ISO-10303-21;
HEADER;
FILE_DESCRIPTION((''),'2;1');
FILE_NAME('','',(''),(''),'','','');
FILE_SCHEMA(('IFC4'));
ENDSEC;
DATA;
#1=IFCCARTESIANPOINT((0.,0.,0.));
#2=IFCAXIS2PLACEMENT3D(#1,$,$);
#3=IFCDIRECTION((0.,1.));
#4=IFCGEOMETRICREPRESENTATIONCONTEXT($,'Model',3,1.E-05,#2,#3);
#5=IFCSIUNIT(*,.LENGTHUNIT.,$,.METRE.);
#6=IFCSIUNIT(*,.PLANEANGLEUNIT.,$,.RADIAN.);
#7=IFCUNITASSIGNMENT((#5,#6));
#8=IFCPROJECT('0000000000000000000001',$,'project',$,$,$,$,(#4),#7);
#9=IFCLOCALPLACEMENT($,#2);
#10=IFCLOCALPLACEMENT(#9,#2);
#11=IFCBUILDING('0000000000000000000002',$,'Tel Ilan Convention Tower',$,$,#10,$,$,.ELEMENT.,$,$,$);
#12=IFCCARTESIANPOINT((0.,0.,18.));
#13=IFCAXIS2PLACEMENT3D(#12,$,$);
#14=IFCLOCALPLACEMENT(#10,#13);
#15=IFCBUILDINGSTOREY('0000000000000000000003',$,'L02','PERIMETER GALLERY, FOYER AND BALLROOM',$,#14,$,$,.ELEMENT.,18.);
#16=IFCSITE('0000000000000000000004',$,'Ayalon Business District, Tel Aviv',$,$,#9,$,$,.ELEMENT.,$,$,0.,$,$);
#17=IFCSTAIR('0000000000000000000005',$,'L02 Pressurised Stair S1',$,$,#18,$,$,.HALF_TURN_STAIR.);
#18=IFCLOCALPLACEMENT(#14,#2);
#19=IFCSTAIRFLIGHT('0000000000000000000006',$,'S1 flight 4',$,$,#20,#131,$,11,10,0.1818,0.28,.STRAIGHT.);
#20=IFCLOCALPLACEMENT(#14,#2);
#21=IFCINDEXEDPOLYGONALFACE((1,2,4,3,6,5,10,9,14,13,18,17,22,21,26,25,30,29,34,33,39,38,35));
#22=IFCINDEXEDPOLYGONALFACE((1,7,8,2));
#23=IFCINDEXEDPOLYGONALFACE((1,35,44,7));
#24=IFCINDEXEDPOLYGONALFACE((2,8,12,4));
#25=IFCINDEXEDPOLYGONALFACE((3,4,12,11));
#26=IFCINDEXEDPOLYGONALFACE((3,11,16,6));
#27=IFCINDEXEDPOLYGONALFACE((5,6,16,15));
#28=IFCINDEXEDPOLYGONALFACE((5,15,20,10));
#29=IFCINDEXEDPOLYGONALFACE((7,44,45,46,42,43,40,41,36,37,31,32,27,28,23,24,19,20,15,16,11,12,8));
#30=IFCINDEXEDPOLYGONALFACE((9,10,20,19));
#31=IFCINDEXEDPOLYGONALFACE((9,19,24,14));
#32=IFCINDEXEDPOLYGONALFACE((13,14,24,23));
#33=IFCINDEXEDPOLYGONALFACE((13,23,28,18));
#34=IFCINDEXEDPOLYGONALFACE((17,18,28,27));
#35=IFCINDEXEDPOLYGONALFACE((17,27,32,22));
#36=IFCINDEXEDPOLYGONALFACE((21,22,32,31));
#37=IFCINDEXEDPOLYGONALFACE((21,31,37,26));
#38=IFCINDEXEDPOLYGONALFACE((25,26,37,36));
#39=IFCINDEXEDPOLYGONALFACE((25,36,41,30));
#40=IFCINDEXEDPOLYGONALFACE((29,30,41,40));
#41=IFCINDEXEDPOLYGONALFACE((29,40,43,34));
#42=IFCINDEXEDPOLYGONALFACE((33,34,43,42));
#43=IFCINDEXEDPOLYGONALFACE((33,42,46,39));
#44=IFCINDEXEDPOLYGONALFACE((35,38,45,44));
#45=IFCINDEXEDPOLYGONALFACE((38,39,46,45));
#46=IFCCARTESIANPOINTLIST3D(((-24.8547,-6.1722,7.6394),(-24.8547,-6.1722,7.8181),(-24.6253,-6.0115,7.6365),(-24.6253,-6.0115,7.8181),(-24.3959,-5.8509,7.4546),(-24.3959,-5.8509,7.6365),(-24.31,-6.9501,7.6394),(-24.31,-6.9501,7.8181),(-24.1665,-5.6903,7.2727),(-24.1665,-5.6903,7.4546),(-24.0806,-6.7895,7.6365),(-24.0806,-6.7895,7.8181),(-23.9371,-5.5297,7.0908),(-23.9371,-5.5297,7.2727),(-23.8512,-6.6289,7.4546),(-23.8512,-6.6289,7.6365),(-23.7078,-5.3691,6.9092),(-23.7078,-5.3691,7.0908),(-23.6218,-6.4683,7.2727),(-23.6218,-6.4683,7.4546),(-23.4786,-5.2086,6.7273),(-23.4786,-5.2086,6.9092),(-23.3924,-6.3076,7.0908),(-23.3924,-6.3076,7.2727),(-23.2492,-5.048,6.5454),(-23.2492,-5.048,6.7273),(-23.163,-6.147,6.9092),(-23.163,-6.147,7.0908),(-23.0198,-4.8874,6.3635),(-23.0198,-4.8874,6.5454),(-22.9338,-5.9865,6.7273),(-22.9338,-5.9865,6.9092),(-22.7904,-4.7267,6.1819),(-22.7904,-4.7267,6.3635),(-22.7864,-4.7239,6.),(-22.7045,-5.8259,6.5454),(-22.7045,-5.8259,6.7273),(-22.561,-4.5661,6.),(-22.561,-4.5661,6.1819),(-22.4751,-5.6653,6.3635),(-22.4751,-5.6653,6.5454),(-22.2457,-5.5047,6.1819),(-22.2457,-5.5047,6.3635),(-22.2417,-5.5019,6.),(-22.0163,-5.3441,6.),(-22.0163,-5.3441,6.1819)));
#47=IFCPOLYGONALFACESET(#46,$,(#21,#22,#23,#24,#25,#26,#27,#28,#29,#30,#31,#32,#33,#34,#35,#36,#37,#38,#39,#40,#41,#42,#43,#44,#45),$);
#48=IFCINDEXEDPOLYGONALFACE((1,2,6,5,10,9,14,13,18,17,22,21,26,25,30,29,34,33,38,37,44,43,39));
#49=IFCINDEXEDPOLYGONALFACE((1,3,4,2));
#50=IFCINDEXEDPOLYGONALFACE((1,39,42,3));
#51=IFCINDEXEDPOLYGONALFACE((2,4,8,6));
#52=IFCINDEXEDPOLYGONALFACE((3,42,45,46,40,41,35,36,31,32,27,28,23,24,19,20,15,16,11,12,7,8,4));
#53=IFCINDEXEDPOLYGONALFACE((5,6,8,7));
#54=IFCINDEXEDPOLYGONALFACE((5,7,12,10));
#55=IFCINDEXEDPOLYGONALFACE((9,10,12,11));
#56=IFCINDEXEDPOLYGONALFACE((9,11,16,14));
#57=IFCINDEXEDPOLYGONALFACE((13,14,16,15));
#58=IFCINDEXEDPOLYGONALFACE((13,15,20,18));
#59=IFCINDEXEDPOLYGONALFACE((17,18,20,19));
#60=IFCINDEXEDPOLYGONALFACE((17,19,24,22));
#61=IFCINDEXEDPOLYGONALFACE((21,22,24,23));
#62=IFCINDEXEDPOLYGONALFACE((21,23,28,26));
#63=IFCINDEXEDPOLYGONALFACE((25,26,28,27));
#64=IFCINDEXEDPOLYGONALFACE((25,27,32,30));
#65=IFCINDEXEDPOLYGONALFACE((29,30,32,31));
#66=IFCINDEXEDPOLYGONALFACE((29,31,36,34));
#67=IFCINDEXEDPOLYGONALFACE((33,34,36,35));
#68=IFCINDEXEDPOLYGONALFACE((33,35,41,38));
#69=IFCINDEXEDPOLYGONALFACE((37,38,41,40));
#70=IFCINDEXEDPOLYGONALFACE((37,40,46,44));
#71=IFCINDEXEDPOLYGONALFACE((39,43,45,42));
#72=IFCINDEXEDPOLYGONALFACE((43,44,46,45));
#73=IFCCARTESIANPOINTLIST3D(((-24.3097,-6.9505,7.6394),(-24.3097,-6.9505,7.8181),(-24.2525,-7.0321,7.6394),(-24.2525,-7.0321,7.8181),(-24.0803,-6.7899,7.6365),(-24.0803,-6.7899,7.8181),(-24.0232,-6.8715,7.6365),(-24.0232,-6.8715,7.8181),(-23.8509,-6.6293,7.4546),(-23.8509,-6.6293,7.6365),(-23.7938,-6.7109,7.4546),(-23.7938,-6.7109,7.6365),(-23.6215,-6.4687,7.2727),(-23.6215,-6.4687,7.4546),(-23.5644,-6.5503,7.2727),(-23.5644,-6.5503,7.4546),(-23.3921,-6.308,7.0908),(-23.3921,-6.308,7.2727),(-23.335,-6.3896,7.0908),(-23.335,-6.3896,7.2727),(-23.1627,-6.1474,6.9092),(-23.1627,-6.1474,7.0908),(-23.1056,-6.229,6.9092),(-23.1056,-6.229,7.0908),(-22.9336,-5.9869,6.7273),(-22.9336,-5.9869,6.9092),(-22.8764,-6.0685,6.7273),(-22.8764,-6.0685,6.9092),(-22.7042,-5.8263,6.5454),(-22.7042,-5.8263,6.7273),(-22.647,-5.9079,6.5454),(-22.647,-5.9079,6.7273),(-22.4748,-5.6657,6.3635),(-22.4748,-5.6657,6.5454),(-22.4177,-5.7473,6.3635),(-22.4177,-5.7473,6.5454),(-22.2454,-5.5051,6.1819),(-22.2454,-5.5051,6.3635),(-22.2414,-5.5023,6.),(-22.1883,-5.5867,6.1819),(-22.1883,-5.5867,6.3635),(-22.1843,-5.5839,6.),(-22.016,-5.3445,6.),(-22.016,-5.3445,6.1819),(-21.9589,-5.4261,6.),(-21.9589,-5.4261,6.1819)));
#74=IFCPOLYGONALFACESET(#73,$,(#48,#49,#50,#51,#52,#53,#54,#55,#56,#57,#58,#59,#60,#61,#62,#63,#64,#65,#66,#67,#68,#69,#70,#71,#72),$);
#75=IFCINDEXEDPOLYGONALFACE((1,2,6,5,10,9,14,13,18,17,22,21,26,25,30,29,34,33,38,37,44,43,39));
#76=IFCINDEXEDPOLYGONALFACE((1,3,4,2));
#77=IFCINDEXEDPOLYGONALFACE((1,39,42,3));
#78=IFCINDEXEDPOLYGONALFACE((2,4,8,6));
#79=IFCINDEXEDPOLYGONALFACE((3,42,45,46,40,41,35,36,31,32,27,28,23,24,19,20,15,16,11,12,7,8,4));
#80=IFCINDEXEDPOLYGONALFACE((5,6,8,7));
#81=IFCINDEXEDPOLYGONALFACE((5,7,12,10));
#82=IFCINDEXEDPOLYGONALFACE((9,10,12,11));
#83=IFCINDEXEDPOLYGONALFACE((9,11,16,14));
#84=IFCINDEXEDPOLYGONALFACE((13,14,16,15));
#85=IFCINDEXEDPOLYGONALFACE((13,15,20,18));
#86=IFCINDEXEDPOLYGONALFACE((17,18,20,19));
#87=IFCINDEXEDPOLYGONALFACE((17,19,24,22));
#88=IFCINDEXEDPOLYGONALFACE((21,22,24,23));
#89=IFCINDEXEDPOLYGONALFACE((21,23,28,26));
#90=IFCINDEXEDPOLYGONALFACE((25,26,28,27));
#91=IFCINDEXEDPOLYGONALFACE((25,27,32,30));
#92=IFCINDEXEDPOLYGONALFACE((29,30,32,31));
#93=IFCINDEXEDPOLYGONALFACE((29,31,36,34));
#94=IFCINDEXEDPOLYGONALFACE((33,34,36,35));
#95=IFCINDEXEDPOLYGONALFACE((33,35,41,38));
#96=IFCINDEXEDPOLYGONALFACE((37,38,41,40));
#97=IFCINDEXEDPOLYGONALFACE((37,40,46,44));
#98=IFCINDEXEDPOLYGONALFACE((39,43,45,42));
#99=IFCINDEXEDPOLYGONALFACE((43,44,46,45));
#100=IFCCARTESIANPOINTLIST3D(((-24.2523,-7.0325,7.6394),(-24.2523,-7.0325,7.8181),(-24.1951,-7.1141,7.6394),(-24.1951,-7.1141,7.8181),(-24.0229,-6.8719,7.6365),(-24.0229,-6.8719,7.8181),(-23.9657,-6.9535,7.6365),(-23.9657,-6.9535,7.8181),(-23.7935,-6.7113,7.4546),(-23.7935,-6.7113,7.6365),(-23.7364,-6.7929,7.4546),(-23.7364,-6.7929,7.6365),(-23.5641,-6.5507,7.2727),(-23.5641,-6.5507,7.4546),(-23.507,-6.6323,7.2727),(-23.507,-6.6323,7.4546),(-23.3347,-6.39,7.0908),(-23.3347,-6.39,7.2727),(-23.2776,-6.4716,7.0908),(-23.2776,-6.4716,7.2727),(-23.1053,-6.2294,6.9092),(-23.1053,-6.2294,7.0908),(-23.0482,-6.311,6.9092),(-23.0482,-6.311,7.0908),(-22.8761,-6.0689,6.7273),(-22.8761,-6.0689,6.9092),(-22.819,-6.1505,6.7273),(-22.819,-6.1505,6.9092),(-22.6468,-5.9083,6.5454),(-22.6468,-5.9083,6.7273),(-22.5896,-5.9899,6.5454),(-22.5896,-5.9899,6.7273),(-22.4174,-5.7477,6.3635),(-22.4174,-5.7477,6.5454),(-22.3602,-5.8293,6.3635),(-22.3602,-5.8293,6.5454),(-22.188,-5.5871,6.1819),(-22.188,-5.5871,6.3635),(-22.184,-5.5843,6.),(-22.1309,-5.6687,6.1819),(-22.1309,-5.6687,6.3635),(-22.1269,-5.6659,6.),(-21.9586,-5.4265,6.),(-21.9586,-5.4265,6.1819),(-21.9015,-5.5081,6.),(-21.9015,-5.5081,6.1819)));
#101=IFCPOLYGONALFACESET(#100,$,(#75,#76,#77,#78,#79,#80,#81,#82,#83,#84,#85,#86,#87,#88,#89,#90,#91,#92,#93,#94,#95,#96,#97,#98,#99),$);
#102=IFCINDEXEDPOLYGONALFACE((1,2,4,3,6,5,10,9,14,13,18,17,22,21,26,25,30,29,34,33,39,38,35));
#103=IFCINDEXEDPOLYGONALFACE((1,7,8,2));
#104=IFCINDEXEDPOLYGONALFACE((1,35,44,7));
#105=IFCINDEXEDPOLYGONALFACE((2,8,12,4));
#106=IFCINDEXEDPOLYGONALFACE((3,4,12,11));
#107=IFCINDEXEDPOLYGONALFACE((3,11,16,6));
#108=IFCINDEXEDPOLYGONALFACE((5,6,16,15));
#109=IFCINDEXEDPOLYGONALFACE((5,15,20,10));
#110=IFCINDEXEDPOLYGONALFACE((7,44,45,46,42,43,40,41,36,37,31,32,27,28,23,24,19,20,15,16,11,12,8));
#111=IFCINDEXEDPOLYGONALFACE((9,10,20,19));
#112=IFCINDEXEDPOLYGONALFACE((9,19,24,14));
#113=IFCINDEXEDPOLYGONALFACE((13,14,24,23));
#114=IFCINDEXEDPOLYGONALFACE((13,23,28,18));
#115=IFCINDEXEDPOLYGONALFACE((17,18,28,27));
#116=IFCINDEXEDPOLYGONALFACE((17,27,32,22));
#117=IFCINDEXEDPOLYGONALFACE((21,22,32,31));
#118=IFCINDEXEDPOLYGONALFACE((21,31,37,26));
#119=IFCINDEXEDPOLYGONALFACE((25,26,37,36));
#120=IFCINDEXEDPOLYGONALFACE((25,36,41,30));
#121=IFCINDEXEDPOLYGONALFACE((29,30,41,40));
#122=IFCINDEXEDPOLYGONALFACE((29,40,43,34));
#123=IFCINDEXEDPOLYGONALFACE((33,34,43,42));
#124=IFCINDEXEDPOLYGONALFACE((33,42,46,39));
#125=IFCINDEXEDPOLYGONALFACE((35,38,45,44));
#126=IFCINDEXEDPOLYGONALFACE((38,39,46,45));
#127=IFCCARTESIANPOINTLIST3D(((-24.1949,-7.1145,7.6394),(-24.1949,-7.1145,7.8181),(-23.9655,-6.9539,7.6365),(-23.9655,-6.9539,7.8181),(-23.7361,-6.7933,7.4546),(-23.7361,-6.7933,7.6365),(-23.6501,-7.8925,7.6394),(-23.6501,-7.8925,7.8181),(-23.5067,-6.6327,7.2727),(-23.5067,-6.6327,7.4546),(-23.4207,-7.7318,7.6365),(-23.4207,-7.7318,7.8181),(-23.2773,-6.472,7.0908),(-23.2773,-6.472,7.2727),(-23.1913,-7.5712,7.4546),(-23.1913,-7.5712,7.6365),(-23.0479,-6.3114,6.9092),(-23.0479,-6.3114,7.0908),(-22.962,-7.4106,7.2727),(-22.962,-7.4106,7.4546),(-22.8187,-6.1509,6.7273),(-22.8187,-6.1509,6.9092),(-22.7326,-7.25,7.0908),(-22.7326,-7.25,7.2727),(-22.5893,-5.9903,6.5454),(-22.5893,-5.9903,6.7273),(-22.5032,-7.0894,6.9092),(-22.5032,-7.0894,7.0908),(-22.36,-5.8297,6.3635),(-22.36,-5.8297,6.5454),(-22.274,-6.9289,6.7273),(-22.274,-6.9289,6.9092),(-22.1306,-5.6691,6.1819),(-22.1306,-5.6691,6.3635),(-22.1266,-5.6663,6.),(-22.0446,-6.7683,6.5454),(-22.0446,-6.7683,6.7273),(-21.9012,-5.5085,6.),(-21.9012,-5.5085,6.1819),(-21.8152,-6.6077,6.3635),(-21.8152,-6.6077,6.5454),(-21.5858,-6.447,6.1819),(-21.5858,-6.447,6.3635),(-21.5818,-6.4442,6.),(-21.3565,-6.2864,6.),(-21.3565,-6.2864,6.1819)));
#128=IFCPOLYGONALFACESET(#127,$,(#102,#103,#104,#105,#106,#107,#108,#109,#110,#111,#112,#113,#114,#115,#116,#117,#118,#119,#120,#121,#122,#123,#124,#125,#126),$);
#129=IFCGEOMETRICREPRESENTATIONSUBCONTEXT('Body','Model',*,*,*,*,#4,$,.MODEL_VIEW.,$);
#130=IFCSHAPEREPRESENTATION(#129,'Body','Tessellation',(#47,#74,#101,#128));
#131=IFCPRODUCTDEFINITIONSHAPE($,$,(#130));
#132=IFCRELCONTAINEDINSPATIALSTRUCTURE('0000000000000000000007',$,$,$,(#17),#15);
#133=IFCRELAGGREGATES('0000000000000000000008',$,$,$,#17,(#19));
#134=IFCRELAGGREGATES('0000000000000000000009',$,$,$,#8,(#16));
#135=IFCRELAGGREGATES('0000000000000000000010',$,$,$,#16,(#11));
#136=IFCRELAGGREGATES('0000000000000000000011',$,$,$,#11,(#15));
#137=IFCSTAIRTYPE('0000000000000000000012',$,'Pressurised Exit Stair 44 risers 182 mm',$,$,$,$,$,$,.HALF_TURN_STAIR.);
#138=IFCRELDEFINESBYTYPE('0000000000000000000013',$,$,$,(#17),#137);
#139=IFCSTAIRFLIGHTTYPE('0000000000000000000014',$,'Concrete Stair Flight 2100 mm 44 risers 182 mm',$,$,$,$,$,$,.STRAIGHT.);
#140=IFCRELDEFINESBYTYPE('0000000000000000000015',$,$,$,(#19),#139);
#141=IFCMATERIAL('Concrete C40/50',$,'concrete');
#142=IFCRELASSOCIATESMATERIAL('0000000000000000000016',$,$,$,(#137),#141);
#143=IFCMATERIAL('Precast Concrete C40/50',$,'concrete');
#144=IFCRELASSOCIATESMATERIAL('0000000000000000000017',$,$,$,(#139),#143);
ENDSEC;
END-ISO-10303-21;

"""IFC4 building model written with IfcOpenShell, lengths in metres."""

from ifc_helpers import new_model, si_unit, direction, frame, origin, place, context, subcontext, project, spatial, polyline, outline, extrude, material, type_object, element, aggregate, save


model = new_model("IFC4")

# Units and contexts
model_context = context("Model", 3, precision=1e-05, world=origin(), true_north=direction((0.0, 1.0)))
body_context = subcontext(model_context, "Body", "Model", "MODEL_VIEW")
ifc_project = project(units=[si_unit("LENGTHUNIT", "METRE"), si_unit("PLANEANGLEUNIT", "RADIAN")], contexts=[model_context])

# Site, building, storey
site_placement = place(None, origin())
site = spatial("IfcSite", under=ifc_project, at=site_placement, Name="Ayalon Business District, Tel Aviv", CompositionType="ELEMENT", RefElevation=0.0)
building_placement = place(site_placement, origin())
building = spatial("IfcBuilding", under=site, at=building_placement, Name="Tel Ilan Convention Tower", CompositionType="ELEMENT")
storey_placement = place(building_placement, frame((0.0, 0.0, 18.0)))
storey = spatial("IfcBuildingStorey", under=building, at=storey_placement, Name="L02", Description="PERIMETER GALLERY, FOYER AND BALLROOM", CompositionType="ELEMENT", Elevation=18.0)

# Stair, stair flight
ifc_material_1 = material(Name="Concrete C40/50", Category="concrete")
stair_type = type_object("IfcStairType", Name="Pressurised Exit Stair 44 risers 182 mm", PredefinedType="HALF_TURN_STAIR", material=ifc_material_1)
stair_placement = place(storey_placement, origin())
stair = element("IfcStair", 1, at=stair_placement, inside=storey, type_object=stair_type, Name="L02 Pressurised Stair S1", PredefinedType="HALF_TURN_STAIR")
ifc_material_2 = material(Name="Precast Concrete C40/50", Category="concrete")
stair_flight_type = type_object("IfcStairFlightType", Name="Concrete Stair Flight 2100 mm 44 risers 182 mm", PredefinedType="STRAIGHT", material=ifc_material_2)
stair_flight_1_placement = place(storey_placement, frame((-21.9587, -5.4263, 6.0), z_axis=(0.0, 0.0, 1.0), x_axis=(-0.819152, -0.573576, 0.0)))
stair_flight_1 = element("IfcStairFlight", 2, at=stair_flight_1_placement, type_object=stair_flight_type, Name="S1 flight 4", NumberOfRisers=11, NumberOfTreads=10, PredefinedType="STRAIGHT", RiserHeight=0.1818, TreadLength=0.28, context=body_context, shape_type="SweptSolid", body=[
    extrude(outline(polyline([(0.0, 0.0), (0.0, 0.1819), (0.28, 0.1819), (0.28, 0.3635), (0.5601, 0.3635), (0.5601, 0.5454), (0.8401, 0.5454), (0.8401, 0.7273), (1.1201, 0.7273), (1.1201, 0.9092), (1.3999, 0.9092), (1.3999, 1.0908), (1.6799, 1.0908), (1.6799, 1.2727), (1.96, 1.2727), (1.96, 1.4546), (2.24, 1.4546), (2.24, 1.6365), (2.52, 1.6365), (2.52, 1.8181), (2.8, 1.8181), (2.8, 2.0), (2.8, 1.6394), (0.2751, 0.0), (0.0, 0.0)])), frame((0.0, -0.1003, 0.0), z_axis=(0.0, -1.0, 0.0), x_axis=(1.0, 0.0, 0.0)), (0.0, 0.0, 1.0), 0.9497),
    extrude(outline(polyline([(0.0, 0.0), (0.0, 0.1819), (0.28, 0.1819), (0.28, 0.3635), (0.5601, 0.3635), (0.5601, 0.5454), (0.8401, 0.5454), (0.8401, 0.7273), (1.1201, 0.7273), (1.1201, 0.9092), (1.3999, 0.9092), (1.3999, 1.0908), (1.6799, 1.0908), (1.6799, 1.2727), (1.96, 1.2727), (1.96, 1.4546), (2.24, 1.4546), (2.24, 1.6365), (2.52, 1.6365), (2.52, 1.8181), (2.8, 1.8181), (2.8, 2.0), (2.8, 1.6394), (0.2751, 0.0), (0.0, 0.0)])), frame((0.0, -0.0002, 0.0), z_axis=(0.0, -1.0, 0.0), x_axis=(1.0, 0.0, 0.0)), (0.0, 0.0, 1.0), 0.0996),
    extrude(outline(polyline([(0.0, 0.0), (0.0, 0.1819), (0.28, 0.1819), (0.28, 0.3635), (0.5601, 0.3635), (0.5601, 0.5454), (0.8401, 0.5454), (0.8401, 0.7273), (1.1201, 0.7273), (1.1201, 0.9092), (1.3999, 0.9092), (1.3999, 1.0908), (1.6799, 1.0908), (1.6799, 1.2727), (1.96, 1.2727), (1.96, 1.4546), (2.24, 1.4546), (2.24, 1.6365), (2.52, 1.6365), (2.52, 1.8181), (2.8, 1.8181), (2.8, 2.0), (2.8, 1.6394), (0.2751, 0.0), (0.0, 0.0)])), frame((0.0, 0.0999, 0.0), z_axis=(0.0, -1.0, 0.0), x_axis=(1.0, 0.0, 0.0)), (0.0, 0.0, 1.0), 0.0996),
    extrude(outline(polyline([(0.0, 0.0), (0.0, 0.1819), (0.28, 0.1819), (0.28, 0.3635), (0.5601, 0.3635), (0.5601, 0.5454), (0.8401, 0.5454), (0.8401, 0.7273), (1.1201, 0.7273), (1.1201, 0.9092), (1.3999, 0.9092), (1.3999, 1.0908), (1.6799, 1.0908), (1.6799, 1.2727), (1.96, 1.2727), (1.96, 1.4546), (2.24, 1.4546), (2.24, 1.6365), (2.52, 1.6365), (2.52, 1.8181), (2.8, 1.8181), (2.8, 2.0), (2.8, 1.6394), (0.2751, 0.0), (0.0, 0.0)])), frame((0.0, 1.05, 0.0), z_axis=(0.0, -1.0, 0.0), x_axis=(1.0, 0.0, 0.0)), (0.0, 0.0, 1.0), 0.9497),
])
aggregate(stair, [stair_flight_1])

save(model, "model.ifc")
